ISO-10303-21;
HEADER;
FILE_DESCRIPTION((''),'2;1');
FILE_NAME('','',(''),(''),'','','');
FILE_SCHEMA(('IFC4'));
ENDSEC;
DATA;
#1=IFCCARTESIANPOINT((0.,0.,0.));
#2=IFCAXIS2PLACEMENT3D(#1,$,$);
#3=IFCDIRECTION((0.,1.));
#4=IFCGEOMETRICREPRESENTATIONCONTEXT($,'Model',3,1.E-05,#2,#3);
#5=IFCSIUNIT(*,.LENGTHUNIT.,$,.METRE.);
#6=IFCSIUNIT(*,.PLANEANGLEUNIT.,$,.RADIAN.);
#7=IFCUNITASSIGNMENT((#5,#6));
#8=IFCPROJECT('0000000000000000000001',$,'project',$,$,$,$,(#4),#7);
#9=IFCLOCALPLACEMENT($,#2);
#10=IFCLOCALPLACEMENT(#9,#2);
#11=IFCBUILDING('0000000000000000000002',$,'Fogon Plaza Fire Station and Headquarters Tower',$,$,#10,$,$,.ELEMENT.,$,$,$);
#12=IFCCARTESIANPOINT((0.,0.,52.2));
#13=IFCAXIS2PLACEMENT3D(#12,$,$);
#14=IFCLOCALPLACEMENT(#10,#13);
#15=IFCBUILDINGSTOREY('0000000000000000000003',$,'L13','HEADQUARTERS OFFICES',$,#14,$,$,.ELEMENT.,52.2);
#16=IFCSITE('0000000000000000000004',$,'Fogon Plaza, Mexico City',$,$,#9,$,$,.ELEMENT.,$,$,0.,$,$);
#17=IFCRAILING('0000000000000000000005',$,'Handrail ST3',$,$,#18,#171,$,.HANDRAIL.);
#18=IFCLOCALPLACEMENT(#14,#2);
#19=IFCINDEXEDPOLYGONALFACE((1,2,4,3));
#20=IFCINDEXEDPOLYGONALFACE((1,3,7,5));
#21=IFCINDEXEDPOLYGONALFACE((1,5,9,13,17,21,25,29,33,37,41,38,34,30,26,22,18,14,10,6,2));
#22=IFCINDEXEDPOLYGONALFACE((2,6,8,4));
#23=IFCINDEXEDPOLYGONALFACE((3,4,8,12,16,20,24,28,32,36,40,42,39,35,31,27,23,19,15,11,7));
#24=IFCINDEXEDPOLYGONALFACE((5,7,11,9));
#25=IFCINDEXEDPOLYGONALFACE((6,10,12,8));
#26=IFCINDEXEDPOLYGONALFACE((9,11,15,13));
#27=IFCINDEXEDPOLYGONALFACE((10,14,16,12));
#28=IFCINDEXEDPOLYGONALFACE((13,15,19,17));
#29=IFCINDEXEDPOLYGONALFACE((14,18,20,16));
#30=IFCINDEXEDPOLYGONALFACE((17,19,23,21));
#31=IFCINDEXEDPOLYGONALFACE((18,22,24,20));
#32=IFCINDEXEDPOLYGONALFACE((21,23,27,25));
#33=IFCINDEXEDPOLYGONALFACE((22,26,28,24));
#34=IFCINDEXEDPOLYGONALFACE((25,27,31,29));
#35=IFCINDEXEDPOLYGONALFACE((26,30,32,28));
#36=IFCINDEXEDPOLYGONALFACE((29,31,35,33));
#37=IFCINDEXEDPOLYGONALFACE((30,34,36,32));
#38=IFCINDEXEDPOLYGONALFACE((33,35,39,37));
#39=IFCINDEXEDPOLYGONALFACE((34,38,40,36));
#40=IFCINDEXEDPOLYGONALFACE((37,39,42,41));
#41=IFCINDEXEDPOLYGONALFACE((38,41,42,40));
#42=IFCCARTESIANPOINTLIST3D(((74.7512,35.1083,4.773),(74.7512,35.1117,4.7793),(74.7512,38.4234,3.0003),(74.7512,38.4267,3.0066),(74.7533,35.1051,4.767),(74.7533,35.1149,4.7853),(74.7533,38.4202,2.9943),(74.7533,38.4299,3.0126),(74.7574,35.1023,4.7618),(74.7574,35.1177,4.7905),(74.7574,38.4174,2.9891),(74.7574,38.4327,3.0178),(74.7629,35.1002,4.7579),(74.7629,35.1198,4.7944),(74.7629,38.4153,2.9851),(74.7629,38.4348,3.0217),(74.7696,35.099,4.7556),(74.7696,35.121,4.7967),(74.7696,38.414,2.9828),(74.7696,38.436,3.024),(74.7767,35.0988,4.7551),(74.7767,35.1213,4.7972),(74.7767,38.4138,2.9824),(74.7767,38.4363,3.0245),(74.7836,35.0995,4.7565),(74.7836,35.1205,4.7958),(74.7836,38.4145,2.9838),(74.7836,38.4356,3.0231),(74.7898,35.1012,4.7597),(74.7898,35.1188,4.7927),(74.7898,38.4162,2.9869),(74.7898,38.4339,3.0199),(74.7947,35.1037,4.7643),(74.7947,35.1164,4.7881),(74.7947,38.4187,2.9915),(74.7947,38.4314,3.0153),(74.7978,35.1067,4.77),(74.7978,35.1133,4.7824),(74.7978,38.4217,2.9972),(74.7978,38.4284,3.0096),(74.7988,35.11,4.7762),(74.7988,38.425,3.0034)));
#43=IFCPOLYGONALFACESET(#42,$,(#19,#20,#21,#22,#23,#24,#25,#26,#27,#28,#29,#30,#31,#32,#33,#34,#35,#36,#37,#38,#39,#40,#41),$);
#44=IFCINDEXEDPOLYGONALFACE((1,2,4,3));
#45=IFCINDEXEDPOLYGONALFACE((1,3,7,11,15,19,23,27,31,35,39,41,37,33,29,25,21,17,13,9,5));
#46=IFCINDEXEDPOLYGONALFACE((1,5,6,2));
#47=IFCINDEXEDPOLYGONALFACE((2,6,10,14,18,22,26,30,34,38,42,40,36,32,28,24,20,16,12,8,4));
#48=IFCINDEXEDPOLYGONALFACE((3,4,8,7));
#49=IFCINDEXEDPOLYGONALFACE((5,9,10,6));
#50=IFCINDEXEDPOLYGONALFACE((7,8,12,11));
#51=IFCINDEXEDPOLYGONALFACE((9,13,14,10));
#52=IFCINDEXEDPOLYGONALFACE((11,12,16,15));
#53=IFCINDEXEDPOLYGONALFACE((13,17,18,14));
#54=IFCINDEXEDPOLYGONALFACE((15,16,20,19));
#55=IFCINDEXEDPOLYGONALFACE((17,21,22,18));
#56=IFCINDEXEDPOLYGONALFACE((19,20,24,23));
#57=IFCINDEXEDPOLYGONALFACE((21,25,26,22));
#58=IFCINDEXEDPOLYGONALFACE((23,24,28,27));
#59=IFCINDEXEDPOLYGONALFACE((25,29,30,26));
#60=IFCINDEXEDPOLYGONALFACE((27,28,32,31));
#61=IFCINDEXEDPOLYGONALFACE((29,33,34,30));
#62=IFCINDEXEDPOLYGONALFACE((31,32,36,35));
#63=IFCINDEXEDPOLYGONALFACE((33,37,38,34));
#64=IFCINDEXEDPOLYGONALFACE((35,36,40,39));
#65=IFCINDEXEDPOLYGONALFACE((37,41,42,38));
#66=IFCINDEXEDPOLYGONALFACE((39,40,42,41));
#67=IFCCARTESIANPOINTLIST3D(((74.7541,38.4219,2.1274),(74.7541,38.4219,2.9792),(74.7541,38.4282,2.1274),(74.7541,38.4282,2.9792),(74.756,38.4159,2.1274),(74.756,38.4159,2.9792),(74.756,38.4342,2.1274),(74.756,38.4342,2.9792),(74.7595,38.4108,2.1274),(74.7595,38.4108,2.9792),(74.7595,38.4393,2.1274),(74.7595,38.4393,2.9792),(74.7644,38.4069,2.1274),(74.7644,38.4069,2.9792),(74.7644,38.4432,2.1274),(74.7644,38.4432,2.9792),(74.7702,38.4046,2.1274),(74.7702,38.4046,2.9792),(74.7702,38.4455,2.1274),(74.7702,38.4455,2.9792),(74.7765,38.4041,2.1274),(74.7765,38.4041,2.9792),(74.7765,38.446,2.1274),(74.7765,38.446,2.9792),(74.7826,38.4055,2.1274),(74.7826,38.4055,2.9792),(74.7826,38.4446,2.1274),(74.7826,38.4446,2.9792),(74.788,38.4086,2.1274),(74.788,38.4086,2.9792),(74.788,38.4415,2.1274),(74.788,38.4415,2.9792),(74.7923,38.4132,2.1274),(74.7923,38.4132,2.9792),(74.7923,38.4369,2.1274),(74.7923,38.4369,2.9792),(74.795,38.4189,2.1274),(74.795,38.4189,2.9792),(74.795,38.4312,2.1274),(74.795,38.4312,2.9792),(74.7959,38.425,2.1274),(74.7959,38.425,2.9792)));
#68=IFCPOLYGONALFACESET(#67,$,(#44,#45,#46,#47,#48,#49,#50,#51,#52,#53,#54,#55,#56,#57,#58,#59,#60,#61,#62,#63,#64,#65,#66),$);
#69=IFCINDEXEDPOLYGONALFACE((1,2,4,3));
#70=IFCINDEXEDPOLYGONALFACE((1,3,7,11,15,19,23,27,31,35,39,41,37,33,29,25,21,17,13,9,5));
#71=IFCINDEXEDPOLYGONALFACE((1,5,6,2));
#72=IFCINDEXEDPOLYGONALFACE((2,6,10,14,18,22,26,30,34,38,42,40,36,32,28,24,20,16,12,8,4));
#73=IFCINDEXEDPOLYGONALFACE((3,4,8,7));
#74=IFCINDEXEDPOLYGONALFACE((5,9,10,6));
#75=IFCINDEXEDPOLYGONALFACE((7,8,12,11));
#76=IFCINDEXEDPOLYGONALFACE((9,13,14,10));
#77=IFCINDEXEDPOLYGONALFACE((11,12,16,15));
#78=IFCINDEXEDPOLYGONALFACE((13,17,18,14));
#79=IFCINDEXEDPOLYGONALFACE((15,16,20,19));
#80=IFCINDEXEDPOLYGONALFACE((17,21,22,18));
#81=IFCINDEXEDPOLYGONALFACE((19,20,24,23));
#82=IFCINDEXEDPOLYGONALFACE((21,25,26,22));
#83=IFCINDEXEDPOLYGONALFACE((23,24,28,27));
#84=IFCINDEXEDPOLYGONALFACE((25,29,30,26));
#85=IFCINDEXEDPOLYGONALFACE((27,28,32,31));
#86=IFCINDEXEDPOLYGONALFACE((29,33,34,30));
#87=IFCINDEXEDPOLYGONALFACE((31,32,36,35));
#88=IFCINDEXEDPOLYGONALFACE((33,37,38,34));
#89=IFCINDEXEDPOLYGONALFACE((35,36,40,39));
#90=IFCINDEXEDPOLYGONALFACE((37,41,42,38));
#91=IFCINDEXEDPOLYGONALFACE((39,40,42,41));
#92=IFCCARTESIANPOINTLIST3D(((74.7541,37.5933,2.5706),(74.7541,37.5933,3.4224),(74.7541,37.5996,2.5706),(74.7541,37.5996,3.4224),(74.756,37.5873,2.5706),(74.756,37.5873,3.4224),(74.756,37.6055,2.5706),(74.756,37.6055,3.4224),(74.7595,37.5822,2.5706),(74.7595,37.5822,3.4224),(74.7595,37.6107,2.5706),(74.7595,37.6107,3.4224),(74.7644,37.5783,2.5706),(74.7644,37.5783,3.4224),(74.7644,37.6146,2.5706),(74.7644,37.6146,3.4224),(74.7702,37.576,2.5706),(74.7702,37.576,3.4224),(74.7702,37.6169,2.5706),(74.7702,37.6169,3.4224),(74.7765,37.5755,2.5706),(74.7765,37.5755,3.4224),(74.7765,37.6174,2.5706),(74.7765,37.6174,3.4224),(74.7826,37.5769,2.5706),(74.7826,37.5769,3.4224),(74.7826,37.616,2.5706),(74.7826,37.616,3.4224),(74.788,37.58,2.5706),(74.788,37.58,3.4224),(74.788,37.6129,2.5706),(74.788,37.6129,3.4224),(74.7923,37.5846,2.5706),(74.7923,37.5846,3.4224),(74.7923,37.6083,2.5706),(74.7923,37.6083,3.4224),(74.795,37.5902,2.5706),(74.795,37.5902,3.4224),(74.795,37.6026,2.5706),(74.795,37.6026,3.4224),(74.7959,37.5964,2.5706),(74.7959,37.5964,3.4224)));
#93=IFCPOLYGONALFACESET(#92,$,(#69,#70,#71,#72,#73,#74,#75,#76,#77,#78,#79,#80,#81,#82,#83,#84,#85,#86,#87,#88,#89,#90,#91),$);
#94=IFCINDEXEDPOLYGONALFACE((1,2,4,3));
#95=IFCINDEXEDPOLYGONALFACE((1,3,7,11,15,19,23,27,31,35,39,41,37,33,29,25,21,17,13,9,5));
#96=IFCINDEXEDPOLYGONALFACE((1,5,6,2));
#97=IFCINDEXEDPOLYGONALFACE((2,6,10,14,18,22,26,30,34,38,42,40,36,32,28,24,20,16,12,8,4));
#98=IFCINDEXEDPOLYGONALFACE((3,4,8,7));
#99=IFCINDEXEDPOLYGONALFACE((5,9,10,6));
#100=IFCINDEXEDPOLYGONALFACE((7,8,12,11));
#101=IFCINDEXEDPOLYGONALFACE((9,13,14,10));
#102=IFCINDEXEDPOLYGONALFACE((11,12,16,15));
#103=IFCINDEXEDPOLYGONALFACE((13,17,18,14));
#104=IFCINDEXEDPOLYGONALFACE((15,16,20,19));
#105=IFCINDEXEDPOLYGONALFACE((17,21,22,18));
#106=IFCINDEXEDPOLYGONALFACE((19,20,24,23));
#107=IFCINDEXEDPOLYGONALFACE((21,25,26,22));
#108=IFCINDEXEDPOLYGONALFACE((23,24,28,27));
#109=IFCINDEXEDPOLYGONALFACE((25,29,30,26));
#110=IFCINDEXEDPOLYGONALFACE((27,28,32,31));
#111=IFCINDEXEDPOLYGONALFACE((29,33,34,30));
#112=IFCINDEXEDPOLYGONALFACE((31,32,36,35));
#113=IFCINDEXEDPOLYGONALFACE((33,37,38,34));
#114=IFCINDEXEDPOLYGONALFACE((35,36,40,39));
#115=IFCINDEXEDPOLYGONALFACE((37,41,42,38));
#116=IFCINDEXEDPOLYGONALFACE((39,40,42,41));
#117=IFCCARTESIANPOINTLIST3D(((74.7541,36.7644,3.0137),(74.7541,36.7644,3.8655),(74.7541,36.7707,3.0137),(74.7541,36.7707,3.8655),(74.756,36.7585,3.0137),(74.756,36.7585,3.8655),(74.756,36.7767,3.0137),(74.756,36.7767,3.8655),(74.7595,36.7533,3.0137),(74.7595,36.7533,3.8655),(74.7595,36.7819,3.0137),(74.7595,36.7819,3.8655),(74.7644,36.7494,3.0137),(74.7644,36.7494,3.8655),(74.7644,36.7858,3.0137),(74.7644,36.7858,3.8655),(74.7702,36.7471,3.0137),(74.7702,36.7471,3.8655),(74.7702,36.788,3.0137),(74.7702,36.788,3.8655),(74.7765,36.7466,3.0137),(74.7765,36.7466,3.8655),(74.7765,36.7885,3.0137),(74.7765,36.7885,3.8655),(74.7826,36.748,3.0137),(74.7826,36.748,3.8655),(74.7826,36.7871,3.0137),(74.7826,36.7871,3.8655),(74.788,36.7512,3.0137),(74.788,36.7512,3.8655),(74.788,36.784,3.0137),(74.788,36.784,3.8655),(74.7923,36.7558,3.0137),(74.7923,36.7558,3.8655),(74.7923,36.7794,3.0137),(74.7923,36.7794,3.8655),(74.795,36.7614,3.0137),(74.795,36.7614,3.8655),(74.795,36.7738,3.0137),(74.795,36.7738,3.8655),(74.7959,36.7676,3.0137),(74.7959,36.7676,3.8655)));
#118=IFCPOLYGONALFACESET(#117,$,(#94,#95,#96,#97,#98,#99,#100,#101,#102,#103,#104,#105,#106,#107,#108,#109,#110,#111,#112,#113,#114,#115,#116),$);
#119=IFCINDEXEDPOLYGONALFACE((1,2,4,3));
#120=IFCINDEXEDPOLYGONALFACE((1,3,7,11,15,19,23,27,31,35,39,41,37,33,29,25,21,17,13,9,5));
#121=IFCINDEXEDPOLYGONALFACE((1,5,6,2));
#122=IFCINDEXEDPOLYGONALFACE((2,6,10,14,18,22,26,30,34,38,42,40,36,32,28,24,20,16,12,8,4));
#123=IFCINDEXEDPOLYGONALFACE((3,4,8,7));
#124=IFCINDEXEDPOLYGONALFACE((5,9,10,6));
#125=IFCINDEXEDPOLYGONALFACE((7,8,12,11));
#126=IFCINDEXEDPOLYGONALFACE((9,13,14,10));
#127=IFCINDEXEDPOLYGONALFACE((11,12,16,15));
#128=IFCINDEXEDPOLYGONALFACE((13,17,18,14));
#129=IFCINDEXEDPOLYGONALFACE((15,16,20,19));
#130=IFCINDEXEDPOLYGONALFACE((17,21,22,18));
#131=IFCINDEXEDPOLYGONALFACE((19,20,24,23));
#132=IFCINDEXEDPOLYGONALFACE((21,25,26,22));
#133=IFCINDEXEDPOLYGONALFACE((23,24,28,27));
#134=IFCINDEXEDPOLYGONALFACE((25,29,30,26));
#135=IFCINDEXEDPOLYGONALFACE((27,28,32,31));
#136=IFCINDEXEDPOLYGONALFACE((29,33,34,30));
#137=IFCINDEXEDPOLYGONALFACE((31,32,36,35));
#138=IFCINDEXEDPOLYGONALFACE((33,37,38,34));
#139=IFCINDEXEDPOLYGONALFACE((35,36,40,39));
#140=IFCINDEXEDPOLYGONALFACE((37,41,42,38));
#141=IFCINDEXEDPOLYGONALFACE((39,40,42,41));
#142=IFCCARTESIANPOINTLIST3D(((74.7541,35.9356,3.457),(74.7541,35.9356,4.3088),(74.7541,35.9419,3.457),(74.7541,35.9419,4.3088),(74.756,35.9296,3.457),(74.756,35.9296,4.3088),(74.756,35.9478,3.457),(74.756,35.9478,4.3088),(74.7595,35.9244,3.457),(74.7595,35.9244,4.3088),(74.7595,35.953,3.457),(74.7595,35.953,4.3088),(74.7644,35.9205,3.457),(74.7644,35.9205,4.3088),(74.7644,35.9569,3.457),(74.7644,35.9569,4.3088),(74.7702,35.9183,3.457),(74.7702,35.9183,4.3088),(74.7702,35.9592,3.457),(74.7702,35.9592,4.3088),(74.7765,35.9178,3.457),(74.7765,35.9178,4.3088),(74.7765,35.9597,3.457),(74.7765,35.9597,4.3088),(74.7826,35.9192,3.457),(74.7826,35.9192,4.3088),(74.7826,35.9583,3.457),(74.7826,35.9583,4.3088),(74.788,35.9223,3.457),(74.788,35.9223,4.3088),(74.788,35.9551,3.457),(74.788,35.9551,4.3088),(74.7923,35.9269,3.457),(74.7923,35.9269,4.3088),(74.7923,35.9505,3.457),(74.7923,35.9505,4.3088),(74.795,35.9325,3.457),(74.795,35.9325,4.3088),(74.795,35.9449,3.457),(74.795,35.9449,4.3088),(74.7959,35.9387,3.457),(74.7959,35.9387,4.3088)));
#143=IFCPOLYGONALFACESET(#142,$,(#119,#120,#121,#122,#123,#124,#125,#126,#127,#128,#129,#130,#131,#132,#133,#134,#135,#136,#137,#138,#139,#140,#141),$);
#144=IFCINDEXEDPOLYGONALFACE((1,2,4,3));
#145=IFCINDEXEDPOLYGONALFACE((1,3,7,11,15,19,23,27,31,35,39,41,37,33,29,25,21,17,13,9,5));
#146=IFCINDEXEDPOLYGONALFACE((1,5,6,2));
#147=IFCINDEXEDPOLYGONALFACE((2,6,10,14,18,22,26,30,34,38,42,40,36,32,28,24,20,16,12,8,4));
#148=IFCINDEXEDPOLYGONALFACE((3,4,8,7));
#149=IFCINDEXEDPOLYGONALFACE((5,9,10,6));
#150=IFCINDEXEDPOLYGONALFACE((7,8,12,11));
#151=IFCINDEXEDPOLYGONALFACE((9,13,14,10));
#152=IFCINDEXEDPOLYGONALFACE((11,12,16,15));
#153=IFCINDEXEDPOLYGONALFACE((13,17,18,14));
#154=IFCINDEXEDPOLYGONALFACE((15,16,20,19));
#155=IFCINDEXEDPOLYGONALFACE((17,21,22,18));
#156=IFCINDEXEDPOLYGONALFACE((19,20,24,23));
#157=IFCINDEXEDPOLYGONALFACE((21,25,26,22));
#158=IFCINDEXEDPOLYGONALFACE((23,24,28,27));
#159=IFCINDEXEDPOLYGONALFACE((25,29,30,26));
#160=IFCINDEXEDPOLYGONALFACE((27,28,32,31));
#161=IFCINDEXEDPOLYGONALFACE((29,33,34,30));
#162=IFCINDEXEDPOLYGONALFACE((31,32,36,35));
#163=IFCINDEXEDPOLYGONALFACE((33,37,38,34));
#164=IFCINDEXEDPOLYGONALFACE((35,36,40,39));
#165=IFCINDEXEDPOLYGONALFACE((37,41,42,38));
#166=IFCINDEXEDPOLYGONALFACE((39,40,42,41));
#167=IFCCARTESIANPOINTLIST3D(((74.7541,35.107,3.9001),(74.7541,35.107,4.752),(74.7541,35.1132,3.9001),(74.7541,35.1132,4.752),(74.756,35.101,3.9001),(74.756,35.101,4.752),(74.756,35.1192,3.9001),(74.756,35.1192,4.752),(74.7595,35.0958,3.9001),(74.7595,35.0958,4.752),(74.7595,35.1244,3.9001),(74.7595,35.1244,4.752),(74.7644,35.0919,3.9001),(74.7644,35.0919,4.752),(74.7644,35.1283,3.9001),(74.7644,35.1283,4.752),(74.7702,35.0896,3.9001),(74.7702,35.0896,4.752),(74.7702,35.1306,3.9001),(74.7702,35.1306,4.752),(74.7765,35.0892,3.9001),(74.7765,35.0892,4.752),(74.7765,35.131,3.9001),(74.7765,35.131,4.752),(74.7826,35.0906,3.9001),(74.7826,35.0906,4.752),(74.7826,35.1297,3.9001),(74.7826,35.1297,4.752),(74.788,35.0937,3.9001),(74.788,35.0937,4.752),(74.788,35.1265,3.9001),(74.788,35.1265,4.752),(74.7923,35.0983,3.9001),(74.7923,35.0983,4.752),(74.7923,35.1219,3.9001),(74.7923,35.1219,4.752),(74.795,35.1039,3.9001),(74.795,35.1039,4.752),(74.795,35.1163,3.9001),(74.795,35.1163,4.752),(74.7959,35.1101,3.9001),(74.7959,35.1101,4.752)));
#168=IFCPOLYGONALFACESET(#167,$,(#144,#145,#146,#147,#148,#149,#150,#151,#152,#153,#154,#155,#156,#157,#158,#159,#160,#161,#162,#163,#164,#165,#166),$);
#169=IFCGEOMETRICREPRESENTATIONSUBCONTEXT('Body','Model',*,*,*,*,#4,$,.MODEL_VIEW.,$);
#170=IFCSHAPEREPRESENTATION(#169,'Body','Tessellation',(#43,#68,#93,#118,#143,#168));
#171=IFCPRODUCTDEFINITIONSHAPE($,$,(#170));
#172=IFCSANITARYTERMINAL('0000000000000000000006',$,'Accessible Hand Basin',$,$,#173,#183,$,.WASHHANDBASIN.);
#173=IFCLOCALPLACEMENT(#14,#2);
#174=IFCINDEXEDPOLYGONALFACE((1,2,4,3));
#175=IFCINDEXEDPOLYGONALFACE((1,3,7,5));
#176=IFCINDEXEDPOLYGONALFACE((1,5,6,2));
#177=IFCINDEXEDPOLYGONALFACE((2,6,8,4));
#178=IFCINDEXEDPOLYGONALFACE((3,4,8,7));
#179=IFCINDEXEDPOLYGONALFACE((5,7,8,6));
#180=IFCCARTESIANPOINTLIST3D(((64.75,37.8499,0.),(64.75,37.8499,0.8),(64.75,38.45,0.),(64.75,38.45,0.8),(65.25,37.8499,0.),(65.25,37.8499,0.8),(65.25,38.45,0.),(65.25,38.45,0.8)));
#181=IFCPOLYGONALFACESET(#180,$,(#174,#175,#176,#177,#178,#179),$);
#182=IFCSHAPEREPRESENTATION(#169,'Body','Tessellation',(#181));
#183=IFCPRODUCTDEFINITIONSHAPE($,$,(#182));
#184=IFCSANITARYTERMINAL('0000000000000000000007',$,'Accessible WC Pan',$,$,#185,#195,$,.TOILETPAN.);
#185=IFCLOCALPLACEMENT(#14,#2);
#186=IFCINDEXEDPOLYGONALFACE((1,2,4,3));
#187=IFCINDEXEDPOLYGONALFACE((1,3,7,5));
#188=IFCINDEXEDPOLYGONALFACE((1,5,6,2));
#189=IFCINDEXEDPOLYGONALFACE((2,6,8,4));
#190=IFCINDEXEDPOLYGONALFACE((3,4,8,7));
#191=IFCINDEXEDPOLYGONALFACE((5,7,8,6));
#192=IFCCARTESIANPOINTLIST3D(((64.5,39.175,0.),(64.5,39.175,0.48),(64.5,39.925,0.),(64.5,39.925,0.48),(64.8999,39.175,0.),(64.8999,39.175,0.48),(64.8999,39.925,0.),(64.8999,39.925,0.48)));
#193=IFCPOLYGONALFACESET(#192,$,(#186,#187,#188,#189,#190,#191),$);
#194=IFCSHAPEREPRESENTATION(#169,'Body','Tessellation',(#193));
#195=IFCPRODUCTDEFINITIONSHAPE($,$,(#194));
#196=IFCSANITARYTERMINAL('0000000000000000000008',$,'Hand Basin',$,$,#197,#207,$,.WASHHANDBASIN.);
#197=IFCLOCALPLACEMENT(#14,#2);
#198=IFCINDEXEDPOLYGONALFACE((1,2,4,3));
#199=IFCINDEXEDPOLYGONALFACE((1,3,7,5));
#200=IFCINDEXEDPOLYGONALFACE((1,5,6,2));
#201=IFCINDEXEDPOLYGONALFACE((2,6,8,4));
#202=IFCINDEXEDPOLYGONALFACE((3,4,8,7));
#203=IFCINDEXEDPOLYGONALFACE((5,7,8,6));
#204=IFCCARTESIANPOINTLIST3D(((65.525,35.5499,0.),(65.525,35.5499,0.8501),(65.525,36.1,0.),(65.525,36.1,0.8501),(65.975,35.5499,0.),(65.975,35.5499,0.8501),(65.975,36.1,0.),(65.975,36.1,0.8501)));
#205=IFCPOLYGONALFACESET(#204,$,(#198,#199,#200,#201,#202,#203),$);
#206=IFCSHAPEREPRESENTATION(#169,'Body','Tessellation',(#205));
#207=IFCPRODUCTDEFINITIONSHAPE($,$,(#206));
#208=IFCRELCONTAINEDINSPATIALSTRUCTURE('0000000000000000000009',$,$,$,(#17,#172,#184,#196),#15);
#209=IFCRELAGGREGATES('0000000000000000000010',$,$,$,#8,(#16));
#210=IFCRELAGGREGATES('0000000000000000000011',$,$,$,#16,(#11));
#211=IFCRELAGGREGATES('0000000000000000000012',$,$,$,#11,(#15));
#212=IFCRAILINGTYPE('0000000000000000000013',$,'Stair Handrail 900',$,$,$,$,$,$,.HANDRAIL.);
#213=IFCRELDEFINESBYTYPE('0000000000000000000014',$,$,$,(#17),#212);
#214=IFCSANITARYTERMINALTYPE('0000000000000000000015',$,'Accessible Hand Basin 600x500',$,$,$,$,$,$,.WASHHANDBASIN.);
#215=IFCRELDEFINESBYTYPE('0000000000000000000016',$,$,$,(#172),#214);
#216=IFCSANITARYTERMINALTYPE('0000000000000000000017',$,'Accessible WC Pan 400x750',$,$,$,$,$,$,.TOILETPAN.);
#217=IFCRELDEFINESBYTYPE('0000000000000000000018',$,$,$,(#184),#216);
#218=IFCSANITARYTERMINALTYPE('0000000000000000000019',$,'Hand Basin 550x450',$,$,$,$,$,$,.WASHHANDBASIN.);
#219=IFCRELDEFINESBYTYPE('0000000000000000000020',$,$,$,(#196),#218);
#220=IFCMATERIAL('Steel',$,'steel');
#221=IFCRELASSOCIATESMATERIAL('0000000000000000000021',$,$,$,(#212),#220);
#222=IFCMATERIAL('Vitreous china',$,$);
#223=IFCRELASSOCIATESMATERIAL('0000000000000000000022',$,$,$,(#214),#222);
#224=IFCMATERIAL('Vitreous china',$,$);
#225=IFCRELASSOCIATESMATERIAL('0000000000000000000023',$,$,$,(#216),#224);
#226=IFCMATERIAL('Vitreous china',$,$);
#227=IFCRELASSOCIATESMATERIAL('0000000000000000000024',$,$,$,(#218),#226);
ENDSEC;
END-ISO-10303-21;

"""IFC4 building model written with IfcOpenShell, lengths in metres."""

from ifc_helpers import new_model, si_unit, direction, frame, origin, origin_2d, place, context, subcontext, project, spatial, rectangle, circle, extrude, material, type_object, element, save


model = new_model("IFC4")

# Units and contexts
model_context = context("Model", 3, precision=1e-05, world=origin(), true_north=direction((0.0, 1.0)))
body_context = subcontext(model_context, "Body", "Model", "MODEL_VIEW")
ifc_project = project(units=[si_unit("LENGTHUNIT", "METRE"), si_unit("PLANEANGLEUNIT", "RADIAN")], contexts=[model_context])

# Site, building, storey
site_placement = place(None, origin())
site = spatial("IfcSite", under=ifc_project, at=site_placement, Name="Fogon Plaza, Mexico City", CompositionType="ELEMENT", RefElevation=0.0)
building_placement = place(site_placement, origin())
building = spatial("IfcBuilding", under=site, at=building_placement, Name="Fogon Plaza Fire Station and Headquarters Tower", CompositionType="ELEMENT")
storey_placement = place(building_placement, frame((0.0, 0.0, 52.2)))
storey = spatial("IfcBuildingStorey", under=building, at=storey_placement, Name="L13", Description="HEADQUARTERS OFFICES", CompositionType="ELEMENT", Elevation=52.2)

# Railing
ifc_material_1 = material(Name="Steel", Category="steel")
railing_type = type_object("IfcRailingType", Name="Stair Handrail 900", PredefinedType="HANDRAIL", material=ifc_material_1)
for number, where, name in (
    (1, (74.7749, 38.425, 2.1274), "Handrail ST3"),
):
    element("IfcRailing", number, at=place(storey_placement, frame(where)), inside=storey, type_object=railing_type, Name=name, PredefinedType="HANDRAIL", context=body_context, shape_type="SweptSolid", body=[
        extrude(circle(Radius=0.0239, at=origin_2d()), frame((0.0, 0.0, 0.876), z_axis=(0.0, -0.881829, 0.471569), x_axis=(1.0, 0.0, 0.0)), (0.0, 0.0, 1.0), 3.7593),
        extrude(circle(Radius=0.021, at=origin_2d()), origin(), (0.0, 0.0, 1.0), 0.8518),
        extrude(circle(Radius=0.021, at=origin_2d()), frame((0.0, -0.8286, 0.4431)), (0.0, 0.0, 1.0), 0.8518),
        extrude(circle(Radius=0.021, at=origin_2d()), frame((0.0, -1.6575, 0.8862)), (0.0, 0.0, 1.0), 0.8518),
        extrude(circle(Radius=0.021, at=origin_2d()), frame((0.0, -2.4863, 1.3296)), (0.0, 0.0, 1.0), 0.8518),
        extrude(circle(Radius=0.021, at=origin_2d()), frame((0.0, -3.3149, 1.7727)), (0.0, 0.0, 1.0), 0.8518),
    ])

# Sanitary terminals
ifc_material_2 = material(Name="Vitreous china")
sanitary_terminal_type_1 = type_object("IfcSanitaryTerminalType", Name="Accessible Hand Basin 600x500", PredefinedType="WASHHANDBASIN", material=ifc_material_2)
sanitary_terminal_1_placement = place(storey_placement, frame((65.0, 38.1499, 0.0), z_axis=(0.0, 0.0, 1.0), x_axis=(1.0, 0.0, 0.0)))
element("IfcSanitaryTerminal", 2, at=sanitary_terminal_1_placement, inside=storey, type_object=sanitary_terminal_type_1, Name="Accessible Hand Basin", PredefinedType="WASHHANDBASIN", context=body_context, shape_type="SweptSolid", body=[
    extrude(rectangle(XDim=0.5, YDim=0.6001, at=origin_2d()), origin(), (0.0, 0.0, 1.0), 0.8),
])
ifc_material_3 = material(Name="Vitreous china")
sanitary_terminal_type_2 = type_object("IfcSanitaryTerminalType", Name="Accessible WC Pan 400x750", PredefinedType="TOILETPAN", material=ifc_material_3)
sanitary_terminal_2_placement = place(storey_placement, frame((64.7, 39.55, 0.0), z_axis=(0.0, 0.0, 1.0), x_axis=(1.0, 0.0, 0.0)))
element("IfcSanitaryTerminal", 3, at=sanitary_terminal_2_placement, inside=storey, type_object=sanitary_terminal_type_2, Name="Accessible WC Pan", PredefinedType="TOILETPAN", context=body_context, shape_type="SweptSolid", body=[
    extrude(rectangle(XDim=0.3999, YDim=0.75, at=origin_2d()), origin(), (0.0, 0.0, 1.0), 0.48),
])
ifc_material_4 = material(Name="Vitreous china")
sanitary_terminal_type_3 = type_object("IfcSanitaryTerminalType", Name="Hand Basin 550x450", PredefinedType="WASHHANDBASIN", material=ifc_material_4)
for number, where, z_axis, x_axis, name in (
    (4, (65.75, 35.825, 0.0), (0.0, 0.0, 1.0), (1.0, 0.0, 0.0), "Hand Basin"),
):
    element("IfcSanitaryTerminal", number, at=place(storey_placement, frame(where, z_axis=z_axis, x_axis=x_axis)), inside=storey, type_object=sanitary_terminal_type_3, Name=name, PredefinedType="WASHHANDBASIN", context=body_context, shape_type="SweptSolid", body=[
        extrude(rectangle(XDim=0.45, YDim=0.55, at=origin_2d()), origin(), (0.0, 0.0, 1.0), 0.8501),
    ])

save(model, "model.ifc")
